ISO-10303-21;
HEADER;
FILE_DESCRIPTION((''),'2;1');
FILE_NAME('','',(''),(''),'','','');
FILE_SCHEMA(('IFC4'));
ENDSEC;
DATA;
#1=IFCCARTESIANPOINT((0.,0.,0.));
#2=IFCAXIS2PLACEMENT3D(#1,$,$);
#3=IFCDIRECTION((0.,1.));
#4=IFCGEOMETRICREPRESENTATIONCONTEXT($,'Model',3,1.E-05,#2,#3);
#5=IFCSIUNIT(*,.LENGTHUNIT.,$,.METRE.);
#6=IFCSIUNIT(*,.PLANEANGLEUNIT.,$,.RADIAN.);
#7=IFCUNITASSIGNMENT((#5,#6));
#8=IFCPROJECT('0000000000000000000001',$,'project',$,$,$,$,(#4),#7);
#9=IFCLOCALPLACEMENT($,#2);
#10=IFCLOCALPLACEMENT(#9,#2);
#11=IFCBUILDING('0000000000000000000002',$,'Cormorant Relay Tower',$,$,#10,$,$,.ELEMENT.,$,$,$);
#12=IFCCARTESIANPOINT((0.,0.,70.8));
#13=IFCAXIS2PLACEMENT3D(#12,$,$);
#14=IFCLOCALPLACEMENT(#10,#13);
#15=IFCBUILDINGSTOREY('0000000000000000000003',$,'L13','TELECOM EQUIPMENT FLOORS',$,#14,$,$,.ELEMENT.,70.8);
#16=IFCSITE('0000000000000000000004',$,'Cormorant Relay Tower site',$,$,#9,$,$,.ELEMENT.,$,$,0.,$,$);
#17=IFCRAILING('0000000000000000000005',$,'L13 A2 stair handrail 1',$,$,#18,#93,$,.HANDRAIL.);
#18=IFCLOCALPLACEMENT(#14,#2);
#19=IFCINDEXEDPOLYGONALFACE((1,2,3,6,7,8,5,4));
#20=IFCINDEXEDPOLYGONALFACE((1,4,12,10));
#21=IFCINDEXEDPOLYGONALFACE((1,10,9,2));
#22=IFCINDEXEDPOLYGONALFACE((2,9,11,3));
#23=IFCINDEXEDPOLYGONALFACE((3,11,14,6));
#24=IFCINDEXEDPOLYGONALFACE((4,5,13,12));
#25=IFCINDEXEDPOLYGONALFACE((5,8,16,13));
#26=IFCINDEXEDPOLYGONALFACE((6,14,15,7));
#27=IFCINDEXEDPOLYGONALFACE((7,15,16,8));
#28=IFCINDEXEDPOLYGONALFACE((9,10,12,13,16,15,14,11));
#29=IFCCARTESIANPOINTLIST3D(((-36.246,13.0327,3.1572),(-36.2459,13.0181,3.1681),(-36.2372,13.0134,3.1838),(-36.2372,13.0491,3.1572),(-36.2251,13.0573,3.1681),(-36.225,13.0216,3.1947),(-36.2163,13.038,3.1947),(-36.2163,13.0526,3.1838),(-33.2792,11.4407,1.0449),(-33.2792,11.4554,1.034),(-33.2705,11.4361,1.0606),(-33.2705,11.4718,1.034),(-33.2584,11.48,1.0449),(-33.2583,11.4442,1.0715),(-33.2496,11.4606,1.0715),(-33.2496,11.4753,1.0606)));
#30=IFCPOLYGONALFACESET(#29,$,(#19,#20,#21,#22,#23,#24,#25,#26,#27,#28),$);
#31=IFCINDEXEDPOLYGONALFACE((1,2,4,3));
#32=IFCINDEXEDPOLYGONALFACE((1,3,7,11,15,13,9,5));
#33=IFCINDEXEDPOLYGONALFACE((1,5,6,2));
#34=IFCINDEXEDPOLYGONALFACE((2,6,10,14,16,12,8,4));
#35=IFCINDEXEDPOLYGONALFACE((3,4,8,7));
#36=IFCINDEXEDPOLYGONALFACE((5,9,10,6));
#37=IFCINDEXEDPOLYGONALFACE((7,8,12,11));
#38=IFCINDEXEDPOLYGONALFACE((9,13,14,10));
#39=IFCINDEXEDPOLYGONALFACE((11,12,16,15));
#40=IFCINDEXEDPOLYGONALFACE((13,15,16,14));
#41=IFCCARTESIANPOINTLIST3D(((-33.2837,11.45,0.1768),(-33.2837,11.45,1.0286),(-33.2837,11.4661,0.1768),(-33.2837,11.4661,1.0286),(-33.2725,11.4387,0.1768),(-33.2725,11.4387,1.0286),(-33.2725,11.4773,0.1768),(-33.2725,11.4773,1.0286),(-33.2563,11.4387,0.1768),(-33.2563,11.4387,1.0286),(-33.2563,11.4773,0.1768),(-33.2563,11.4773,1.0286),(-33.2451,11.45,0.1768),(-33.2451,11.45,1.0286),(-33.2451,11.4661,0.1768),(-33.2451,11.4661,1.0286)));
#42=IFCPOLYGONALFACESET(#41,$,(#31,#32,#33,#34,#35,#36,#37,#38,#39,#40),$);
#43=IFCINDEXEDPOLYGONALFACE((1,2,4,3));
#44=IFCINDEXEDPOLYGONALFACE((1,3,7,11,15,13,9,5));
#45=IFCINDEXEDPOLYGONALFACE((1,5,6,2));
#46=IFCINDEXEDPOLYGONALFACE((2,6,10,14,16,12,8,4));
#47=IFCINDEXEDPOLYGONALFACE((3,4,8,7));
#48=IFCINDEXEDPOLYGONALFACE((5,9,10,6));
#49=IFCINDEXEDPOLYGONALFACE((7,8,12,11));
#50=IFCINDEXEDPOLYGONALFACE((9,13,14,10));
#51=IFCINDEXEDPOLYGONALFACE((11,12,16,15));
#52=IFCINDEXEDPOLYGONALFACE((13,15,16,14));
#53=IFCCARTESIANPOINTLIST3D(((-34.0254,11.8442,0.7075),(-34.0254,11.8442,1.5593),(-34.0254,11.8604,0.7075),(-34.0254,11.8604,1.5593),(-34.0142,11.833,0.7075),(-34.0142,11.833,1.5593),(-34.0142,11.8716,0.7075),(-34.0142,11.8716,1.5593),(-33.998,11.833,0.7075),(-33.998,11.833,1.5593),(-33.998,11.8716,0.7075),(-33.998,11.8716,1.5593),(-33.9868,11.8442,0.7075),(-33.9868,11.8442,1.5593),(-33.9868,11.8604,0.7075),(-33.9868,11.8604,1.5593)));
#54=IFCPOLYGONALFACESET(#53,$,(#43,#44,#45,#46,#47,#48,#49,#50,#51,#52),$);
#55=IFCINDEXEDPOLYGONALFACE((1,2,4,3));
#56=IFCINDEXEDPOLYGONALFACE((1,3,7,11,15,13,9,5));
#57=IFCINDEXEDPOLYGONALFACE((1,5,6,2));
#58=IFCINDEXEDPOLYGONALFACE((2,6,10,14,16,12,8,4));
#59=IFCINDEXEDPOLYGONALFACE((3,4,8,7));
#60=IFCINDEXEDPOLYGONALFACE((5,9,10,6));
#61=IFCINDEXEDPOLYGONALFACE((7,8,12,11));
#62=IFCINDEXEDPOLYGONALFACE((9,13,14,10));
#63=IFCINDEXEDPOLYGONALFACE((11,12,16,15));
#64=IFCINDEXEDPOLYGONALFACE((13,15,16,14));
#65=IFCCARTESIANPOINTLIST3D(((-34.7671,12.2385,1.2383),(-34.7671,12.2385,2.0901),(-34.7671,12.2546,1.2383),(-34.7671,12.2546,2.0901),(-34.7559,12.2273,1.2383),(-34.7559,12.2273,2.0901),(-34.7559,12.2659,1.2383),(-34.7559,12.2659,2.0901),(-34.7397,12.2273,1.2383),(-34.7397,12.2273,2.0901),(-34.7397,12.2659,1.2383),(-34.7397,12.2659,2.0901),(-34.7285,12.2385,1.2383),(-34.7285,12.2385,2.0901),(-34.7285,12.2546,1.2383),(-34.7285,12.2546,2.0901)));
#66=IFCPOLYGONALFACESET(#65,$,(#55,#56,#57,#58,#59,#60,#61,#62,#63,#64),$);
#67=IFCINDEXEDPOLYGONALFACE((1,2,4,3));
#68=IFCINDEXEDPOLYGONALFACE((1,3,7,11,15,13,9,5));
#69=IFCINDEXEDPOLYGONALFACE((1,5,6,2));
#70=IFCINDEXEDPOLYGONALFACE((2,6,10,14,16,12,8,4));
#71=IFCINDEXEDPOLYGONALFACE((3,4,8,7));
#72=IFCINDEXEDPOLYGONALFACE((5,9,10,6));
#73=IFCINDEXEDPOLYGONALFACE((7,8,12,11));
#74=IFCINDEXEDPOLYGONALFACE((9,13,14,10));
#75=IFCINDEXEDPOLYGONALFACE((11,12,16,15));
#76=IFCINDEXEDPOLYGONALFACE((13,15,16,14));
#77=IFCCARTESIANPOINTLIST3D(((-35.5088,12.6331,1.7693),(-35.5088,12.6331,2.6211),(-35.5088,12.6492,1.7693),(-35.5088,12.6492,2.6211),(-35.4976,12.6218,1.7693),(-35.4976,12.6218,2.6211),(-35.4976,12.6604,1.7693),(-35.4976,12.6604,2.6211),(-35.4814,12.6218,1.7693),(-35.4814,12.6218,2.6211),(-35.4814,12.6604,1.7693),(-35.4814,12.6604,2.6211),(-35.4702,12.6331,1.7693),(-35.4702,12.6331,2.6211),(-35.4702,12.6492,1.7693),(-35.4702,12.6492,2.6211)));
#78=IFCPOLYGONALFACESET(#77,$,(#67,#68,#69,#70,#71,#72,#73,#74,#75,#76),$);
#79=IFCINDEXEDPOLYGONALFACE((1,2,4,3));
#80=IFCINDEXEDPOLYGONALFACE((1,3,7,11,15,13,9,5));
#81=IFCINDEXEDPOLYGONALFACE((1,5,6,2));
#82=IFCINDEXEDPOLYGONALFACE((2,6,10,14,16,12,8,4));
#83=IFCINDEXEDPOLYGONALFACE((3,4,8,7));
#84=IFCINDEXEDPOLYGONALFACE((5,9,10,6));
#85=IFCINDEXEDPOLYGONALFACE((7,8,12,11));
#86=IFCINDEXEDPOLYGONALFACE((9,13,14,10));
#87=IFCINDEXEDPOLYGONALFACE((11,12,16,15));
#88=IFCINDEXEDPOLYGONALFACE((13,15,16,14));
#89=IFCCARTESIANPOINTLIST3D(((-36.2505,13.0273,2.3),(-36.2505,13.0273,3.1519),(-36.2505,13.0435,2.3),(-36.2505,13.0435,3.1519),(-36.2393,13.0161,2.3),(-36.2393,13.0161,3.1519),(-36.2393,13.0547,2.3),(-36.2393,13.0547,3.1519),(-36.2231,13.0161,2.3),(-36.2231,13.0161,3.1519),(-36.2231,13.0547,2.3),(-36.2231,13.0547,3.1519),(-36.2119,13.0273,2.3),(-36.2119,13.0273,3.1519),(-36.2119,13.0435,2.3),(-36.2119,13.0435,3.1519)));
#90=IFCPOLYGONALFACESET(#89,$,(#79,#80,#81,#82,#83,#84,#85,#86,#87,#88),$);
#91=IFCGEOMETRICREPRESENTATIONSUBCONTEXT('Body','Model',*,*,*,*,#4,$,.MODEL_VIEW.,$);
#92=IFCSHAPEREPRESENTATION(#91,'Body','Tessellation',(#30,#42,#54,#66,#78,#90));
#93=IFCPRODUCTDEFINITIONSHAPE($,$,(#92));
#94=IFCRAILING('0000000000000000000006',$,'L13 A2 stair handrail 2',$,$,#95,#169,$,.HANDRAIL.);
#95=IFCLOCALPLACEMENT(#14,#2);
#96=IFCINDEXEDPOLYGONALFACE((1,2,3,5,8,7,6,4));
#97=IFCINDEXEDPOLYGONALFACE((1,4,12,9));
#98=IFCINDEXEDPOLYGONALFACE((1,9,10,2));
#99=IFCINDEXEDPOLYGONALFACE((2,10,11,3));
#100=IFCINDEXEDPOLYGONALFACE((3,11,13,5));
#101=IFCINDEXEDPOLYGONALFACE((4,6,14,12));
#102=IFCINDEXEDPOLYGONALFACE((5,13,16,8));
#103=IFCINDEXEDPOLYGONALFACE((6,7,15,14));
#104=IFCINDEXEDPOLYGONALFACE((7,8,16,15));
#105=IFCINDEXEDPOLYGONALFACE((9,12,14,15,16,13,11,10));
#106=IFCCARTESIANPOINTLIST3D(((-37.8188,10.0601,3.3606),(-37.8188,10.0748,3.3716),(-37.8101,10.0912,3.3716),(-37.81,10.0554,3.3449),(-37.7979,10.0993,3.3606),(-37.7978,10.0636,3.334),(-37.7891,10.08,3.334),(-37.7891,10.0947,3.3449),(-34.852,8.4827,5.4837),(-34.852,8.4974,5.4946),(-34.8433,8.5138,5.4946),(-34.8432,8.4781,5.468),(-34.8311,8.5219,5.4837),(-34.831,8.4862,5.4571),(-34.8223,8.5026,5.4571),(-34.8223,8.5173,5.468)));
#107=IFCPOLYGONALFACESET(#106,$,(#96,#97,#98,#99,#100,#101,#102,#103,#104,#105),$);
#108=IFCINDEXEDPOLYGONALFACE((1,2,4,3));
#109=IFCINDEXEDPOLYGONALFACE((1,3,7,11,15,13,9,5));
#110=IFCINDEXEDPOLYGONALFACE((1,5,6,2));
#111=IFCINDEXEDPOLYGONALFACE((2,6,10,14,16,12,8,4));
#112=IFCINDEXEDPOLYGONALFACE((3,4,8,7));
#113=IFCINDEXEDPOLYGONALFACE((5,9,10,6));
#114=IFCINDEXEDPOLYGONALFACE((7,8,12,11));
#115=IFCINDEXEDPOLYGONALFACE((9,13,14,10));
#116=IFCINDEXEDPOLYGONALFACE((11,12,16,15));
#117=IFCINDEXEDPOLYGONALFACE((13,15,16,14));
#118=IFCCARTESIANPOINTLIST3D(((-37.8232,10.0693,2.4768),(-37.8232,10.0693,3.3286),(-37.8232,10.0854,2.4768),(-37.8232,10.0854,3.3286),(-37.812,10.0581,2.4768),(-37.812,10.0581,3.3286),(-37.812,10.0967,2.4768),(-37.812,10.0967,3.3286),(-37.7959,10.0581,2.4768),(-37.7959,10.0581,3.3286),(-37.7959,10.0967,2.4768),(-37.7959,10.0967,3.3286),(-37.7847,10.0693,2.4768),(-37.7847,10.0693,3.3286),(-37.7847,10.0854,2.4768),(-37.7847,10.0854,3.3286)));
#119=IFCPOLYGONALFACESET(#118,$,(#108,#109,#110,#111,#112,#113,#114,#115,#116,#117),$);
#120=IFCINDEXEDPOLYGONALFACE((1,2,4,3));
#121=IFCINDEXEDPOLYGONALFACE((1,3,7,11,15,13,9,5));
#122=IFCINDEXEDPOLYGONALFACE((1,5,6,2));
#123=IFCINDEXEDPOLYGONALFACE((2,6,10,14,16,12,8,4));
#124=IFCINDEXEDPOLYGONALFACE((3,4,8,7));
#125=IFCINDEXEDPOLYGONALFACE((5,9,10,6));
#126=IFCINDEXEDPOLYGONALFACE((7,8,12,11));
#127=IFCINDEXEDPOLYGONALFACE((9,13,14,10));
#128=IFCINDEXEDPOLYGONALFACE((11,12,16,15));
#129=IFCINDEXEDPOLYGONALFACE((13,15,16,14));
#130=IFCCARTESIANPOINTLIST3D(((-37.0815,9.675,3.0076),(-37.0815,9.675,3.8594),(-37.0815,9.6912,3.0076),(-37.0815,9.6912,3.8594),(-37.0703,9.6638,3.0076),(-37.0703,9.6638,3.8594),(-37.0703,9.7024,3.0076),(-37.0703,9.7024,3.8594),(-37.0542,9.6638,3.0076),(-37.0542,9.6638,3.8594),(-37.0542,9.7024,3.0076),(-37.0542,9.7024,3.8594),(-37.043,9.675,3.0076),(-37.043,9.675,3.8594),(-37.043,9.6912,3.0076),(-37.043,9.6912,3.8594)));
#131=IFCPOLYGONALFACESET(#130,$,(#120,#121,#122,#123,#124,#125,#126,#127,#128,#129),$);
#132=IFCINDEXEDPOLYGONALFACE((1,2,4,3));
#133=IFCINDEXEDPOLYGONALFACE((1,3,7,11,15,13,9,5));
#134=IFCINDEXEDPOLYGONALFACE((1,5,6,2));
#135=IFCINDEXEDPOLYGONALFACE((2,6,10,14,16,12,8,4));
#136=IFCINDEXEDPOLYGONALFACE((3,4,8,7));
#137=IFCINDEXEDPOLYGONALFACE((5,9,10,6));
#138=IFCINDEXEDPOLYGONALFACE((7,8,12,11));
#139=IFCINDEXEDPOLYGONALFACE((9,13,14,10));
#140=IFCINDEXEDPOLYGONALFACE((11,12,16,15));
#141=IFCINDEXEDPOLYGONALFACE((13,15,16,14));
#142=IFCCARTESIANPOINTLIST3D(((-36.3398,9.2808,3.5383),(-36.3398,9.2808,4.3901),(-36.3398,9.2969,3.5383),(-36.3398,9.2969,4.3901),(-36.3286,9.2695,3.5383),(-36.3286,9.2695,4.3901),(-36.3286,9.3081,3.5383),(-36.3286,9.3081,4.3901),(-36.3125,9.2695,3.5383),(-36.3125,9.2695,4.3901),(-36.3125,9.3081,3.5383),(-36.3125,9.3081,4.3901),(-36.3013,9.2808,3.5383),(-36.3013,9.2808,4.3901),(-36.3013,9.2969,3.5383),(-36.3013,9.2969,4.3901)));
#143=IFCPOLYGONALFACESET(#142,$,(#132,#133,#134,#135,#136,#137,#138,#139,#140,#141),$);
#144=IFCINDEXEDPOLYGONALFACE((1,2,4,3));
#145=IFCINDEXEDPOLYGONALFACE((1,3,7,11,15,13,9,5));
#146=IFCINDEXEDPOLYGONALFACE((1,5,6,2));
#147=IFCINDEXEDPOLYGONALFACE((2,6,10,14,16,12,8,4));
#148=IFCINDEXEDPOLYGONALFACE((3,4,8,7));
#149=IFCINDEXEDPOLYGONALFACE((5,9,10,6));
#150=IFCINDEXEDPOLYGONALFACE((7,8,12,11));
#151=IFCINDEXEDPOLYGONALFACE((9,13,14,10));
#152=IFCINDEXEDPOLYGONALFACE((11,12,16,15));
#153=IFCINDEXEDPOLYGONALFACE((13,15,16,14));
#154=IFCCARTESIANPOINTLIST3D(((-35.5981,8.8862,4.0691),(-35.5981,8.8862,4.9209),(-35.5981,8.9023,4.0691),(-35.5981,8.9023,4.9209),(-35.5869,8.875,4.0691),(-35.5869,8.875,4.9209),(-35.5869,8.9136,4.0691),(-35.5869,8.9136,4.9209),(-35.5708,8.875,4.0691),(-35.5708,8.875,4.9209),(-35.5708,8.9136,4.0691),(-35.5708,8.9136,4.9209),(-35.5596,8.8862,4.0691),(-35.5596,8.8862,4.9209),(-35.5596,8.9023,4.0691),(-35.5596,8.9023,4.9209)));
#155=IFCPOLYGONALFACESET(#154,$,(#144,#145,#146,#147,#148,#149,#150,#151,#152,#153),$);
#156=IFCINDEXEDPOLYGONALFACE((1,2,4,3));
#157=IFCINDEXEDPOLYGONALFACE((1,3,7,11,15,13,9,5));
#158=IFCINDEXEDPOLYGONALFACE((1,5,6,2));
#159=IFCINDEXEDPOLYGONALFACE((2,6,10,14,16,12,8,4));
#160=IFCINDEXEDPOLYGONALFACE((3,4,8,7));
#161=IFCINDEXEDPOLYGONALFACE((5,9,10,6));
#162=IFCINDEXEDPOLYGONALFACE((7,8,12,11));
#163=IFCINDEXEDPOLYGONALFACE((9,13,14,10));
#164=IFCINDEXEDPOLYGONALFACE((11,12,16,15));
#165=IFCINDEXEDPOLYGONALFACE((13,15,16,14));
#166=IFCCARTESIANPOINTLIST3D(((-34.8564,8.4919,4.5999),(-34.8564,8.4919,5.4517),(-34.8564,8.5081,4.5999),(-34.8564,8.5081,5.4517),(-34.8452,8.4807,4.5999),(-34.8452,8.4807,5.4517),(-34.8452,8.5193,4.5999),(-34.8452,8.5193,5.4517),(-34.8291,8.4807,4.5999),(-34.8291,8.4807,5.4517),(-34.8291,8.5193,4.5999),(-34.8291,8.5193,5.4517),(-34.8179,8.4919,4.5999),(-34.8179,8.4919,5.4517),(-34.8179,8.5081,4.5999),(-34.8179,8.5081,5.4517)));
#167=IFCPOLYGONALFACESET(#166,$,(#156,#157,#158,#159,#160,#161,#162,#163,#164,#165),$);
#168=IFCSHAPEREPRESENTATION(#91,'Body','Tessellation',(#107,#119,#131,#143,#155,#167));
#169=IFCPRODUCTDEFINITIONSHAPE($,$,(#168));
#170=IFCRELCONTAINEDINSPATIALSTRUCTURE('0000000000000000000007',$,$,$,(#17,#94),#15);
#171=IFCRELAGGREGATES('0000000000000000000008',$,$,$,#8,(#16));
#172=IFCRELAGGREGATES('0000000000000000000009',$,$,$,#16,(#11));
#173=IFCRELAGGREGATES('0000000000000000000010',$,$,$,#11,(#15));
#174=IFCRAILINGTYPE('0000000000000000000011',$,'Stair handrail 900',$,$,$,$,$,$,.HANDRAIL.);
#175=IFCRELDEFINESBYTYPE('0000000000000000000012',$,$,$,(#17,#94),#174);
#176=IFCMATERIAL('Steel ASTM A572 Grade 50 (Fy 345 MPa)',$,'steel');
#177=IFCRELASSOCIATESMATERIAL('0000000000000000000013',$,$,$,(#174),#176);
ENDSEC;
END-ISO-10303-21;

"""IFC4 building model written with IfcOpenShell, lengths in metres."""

from ifc_helpers import new_model, si_unit, direction, frame, origin, place, context, subcontext, project, spatial, polyline, outline, extrude, material, type_object, element, save


model = new_model("IFC4")

# Units and contexts
model_context = context("Model", 3, precision=1e-05, world=origin(), true_north=direction((0.0, 1.0)))
body_context = subcontext(model_context, "Body", "Model", "MODEL_VIEW")
ifc_project = project(units=[si_unit("LENGTHUNIT", "METRE"), si_unit("PLANEANGLEUNIT", "RADIAN")], contexts=[model_context])

# Site, building, storey
site_placement = place(None, origin())
site = spatial("IfcSite", under=ifc_project, at=site_placement, Name="Cormorant Relay Tower site", CompositionType="ELEMENT", RefElevation=0.0)
building_placement = place(site_placement, origin())
building = spatial("IfcBuilding", under=site, at=building_placement, Name="Cormorant Relay Tower", CompositionType="ELEMENT")
storey_placement = place(building_placement, frame((0.0, 0.0, 70.8)))
storey = spatial("IfcBuildingStorey", under=building, at=storey_placement, Name="L13", Description="TELECOM EQUIPMENT FLOORS", CompositionType="ELEMENT", Elevation=70.8)

# Railings
ifc_material_1 = material(Name="Steel ASTM A572 Grade 50 (Fy 345 MPa)", Category="steel")
railing_type_1 = type_object("IfcRailingType", Name="Stair handrail 900", PredefinedType="HANDRAIL", material=ifc_material_1)
railing_1_placement = place(storey_placement, frame((-33.2644, 11.458, 0.1768)))
element("IfcRailing", 1, at=railing_1_placement, inside=storey, type_object=railing_type_1, Name="L13 A2 stair handrail 1", PredefinedType="HANDRAIL", context=body_context, shape_type="SweptSolid", body=[
    extrude(outline(polyline([(0.0222, 0.0093), (0.0093, 0.0222), (-0.0093, 0.0222), (-0.0222, 0.0093), (-0.0222, -0.0093), (-0.0093, -0.0222), (0.0093, -0.0222), (0.0222, -0.0093), (0.0222, 0.0093)])), frame((0.0, 0.0, 0.876), z_axis=(-0.746416, 0.396856, 0.534199), x_axis=(-0.469453, -0.882958, 0.0)), (0.0, 0.0, 1.0), 3.9746),
    extrude(outline(polyline([(0.0193, 0.0081), (0.0081, 0.0193), (-0.0081, 0.0193), (-0.0193, 0.0081), (-0.0193, -0.0081), (-0.0081, -0.0193), (0.0081, -0.0193), (0.0193, -0.0081), (0.0193, 0.0081)])), origin(), (0.0, 0.0, 1.0), 0.8518),
    extrude(outline(polyline([(0.0193, 0.0081), (0.0081, 0.0193), (-0.0081, 0.0193), (-0.0193, 0.0081), (-0.0193, -0.0081), (-0.0081, -0.0193), (0.0081, -0.0193), (0.0193, -0.0081), (0.0193, 0.0081)])), frame((-0.7417, 0.3943, 0.5308)), (0.0, 0.0, 1.0), 0.8518),
    extrude(outline(polyline([(0.0193, 0.0081), (0.0081, 0.0193), (-0.0081, 0.0193), (-0.0193, 0.0081), (-0.0193, -0.0081), (-0.0081, -0.0193), (0.0081, -0.0193), (0.0193, -0.0081), (0.0193, 0.0081)])), frame((-1.4834, 0.7886, 1.0615)), (0.0, 0.0, 1.0), 0.8518),
    extrude(outline(polyline([(0.0193, 0.0081), (0.0081, 0.0193), (-0.0081, 0.0193), (-0.0193, 0.0081), (-0.0193, -0.0081), (-0.0081, -0.0193), (0.0081, -0.0193), (0.0193, -0.0081), (0.0193, 0.0081)])), frame((-2.2251, 1.1831, 1.5925)), (0.0, 0.0, 1.0), 0.8518),
    extrude(outline(polyline([(0.0193, 0.0081), (0.0081, 0.0193), (-0.0081, 0.0193), (-0.0193, 0.0081), (-0.0193, -0.0081), (-0.0081, -0.0193), (0.0081, -0.0193), (0.0193, -0.0081), (0.0193, 0.0081)])), frame((-2.9668, 1.5774, 2.1233)), (0.0, 0.0, 1.0), 0.8518),
])
railing_2_placement = place(storey_placement, frame((-37.804, 10.0774, 2.4768)))
element("IfcRailing", 2, at=railing_2_placement, inside=storey, type_object=railing_type_1, Name="L13 A2 stair handrail 2", PredefinedType="HANDRAIL", context=body_context, shape_type="SweptSolid", body=[
    extrude(outline(polyline([(0.0222, 0.0093), (0.0093, 0.0222), (-0.0093, 0.0222), (-0.0222, 0.0093), (-0.0222, -0.0093), (-0.0093, -0.0222), (0.0093, -0.0222), (0.0222, -0.0093), (0.0222, 0.0093)])), frame((0.0, 0.0, 0.876), z_axis=(0.746441, -0.396869, 0.534155), x_axis=(0.469453, 0.882958, 0.0)), (0.0, 0.0, 1.0), 3.9746),
    extrude(outline(polyline([(0.0193, 0.0081), (0.0081, 0.0193), (-0.0081, 0.0193), (-0.0193, 0.0081), (-0.0193, -0.0081), (-0.0081, -0.0193), (0.0081, -0.0193), (0.0193, -0.0081), (0.0193, 0.0081)])), origin(), (0.0, 0.0, 1.0), 0.8518),
    extrude(outline(polyline([(0.0193, 0.0081), (0.0081, 0.0193), (-0.0081, 0.0193), (-0.0193, 0.0081), (-0.0193, -0.0081), (-0.0081, -0.0193), (0.0081, -0.0193), (0.0193, -0.0081), (0.0193, 0.0081)])), frame((0.7417, -0.3943, 0.5308)), (0.0, 0.0, 1.0), 0.8518),
    extrude(outline(polyline([(0.0193, 0.0081), (0.0081, 0.0193), (-0.0081, 0.0193), (-0.0193, 0.0081), (-0.0193, -0.0081), (-0.0081, -0.0193), (0.0081, -0.0193), (0.0193, -0.0081), (0.0193, 0.0081)])), frame((1.4834, -0.7886, 1.0615)), (0.0, 0.0, 1.0), 0.8518),
    extrude(outline(polyline([(0.0193, 0.0081), (0.0081, 0.0193), (-0.0081, 0.0193), (-0.0193, 0.0081), (-0.0193, -0.0081), (-0.0081, -0.0193), (0.0081, -0.0193), (0.0193, -0.0081), (0.0193, 0.0081)])), frame((2.2251, -1.1831, 1.5923)), (0.0, 0.0, 1.0), 0.8518),
    extrude(outline(polyline([(0.0193, 0.0081), (0.0081, 0.0193), (-0.0081, 0.0193), (-0.0193, 0.0081), (-0.0193, -0.0081), (-0.0081, -0.0193), (0.0081, -0.0193), (0.0193, -0.0081), (0.0193, 0.0081)])), frame((2.9668, -1.5774, 2.123)), (0.0, 0.0, 1.0), 0.8518),
])

save(model, "model.ifc")
